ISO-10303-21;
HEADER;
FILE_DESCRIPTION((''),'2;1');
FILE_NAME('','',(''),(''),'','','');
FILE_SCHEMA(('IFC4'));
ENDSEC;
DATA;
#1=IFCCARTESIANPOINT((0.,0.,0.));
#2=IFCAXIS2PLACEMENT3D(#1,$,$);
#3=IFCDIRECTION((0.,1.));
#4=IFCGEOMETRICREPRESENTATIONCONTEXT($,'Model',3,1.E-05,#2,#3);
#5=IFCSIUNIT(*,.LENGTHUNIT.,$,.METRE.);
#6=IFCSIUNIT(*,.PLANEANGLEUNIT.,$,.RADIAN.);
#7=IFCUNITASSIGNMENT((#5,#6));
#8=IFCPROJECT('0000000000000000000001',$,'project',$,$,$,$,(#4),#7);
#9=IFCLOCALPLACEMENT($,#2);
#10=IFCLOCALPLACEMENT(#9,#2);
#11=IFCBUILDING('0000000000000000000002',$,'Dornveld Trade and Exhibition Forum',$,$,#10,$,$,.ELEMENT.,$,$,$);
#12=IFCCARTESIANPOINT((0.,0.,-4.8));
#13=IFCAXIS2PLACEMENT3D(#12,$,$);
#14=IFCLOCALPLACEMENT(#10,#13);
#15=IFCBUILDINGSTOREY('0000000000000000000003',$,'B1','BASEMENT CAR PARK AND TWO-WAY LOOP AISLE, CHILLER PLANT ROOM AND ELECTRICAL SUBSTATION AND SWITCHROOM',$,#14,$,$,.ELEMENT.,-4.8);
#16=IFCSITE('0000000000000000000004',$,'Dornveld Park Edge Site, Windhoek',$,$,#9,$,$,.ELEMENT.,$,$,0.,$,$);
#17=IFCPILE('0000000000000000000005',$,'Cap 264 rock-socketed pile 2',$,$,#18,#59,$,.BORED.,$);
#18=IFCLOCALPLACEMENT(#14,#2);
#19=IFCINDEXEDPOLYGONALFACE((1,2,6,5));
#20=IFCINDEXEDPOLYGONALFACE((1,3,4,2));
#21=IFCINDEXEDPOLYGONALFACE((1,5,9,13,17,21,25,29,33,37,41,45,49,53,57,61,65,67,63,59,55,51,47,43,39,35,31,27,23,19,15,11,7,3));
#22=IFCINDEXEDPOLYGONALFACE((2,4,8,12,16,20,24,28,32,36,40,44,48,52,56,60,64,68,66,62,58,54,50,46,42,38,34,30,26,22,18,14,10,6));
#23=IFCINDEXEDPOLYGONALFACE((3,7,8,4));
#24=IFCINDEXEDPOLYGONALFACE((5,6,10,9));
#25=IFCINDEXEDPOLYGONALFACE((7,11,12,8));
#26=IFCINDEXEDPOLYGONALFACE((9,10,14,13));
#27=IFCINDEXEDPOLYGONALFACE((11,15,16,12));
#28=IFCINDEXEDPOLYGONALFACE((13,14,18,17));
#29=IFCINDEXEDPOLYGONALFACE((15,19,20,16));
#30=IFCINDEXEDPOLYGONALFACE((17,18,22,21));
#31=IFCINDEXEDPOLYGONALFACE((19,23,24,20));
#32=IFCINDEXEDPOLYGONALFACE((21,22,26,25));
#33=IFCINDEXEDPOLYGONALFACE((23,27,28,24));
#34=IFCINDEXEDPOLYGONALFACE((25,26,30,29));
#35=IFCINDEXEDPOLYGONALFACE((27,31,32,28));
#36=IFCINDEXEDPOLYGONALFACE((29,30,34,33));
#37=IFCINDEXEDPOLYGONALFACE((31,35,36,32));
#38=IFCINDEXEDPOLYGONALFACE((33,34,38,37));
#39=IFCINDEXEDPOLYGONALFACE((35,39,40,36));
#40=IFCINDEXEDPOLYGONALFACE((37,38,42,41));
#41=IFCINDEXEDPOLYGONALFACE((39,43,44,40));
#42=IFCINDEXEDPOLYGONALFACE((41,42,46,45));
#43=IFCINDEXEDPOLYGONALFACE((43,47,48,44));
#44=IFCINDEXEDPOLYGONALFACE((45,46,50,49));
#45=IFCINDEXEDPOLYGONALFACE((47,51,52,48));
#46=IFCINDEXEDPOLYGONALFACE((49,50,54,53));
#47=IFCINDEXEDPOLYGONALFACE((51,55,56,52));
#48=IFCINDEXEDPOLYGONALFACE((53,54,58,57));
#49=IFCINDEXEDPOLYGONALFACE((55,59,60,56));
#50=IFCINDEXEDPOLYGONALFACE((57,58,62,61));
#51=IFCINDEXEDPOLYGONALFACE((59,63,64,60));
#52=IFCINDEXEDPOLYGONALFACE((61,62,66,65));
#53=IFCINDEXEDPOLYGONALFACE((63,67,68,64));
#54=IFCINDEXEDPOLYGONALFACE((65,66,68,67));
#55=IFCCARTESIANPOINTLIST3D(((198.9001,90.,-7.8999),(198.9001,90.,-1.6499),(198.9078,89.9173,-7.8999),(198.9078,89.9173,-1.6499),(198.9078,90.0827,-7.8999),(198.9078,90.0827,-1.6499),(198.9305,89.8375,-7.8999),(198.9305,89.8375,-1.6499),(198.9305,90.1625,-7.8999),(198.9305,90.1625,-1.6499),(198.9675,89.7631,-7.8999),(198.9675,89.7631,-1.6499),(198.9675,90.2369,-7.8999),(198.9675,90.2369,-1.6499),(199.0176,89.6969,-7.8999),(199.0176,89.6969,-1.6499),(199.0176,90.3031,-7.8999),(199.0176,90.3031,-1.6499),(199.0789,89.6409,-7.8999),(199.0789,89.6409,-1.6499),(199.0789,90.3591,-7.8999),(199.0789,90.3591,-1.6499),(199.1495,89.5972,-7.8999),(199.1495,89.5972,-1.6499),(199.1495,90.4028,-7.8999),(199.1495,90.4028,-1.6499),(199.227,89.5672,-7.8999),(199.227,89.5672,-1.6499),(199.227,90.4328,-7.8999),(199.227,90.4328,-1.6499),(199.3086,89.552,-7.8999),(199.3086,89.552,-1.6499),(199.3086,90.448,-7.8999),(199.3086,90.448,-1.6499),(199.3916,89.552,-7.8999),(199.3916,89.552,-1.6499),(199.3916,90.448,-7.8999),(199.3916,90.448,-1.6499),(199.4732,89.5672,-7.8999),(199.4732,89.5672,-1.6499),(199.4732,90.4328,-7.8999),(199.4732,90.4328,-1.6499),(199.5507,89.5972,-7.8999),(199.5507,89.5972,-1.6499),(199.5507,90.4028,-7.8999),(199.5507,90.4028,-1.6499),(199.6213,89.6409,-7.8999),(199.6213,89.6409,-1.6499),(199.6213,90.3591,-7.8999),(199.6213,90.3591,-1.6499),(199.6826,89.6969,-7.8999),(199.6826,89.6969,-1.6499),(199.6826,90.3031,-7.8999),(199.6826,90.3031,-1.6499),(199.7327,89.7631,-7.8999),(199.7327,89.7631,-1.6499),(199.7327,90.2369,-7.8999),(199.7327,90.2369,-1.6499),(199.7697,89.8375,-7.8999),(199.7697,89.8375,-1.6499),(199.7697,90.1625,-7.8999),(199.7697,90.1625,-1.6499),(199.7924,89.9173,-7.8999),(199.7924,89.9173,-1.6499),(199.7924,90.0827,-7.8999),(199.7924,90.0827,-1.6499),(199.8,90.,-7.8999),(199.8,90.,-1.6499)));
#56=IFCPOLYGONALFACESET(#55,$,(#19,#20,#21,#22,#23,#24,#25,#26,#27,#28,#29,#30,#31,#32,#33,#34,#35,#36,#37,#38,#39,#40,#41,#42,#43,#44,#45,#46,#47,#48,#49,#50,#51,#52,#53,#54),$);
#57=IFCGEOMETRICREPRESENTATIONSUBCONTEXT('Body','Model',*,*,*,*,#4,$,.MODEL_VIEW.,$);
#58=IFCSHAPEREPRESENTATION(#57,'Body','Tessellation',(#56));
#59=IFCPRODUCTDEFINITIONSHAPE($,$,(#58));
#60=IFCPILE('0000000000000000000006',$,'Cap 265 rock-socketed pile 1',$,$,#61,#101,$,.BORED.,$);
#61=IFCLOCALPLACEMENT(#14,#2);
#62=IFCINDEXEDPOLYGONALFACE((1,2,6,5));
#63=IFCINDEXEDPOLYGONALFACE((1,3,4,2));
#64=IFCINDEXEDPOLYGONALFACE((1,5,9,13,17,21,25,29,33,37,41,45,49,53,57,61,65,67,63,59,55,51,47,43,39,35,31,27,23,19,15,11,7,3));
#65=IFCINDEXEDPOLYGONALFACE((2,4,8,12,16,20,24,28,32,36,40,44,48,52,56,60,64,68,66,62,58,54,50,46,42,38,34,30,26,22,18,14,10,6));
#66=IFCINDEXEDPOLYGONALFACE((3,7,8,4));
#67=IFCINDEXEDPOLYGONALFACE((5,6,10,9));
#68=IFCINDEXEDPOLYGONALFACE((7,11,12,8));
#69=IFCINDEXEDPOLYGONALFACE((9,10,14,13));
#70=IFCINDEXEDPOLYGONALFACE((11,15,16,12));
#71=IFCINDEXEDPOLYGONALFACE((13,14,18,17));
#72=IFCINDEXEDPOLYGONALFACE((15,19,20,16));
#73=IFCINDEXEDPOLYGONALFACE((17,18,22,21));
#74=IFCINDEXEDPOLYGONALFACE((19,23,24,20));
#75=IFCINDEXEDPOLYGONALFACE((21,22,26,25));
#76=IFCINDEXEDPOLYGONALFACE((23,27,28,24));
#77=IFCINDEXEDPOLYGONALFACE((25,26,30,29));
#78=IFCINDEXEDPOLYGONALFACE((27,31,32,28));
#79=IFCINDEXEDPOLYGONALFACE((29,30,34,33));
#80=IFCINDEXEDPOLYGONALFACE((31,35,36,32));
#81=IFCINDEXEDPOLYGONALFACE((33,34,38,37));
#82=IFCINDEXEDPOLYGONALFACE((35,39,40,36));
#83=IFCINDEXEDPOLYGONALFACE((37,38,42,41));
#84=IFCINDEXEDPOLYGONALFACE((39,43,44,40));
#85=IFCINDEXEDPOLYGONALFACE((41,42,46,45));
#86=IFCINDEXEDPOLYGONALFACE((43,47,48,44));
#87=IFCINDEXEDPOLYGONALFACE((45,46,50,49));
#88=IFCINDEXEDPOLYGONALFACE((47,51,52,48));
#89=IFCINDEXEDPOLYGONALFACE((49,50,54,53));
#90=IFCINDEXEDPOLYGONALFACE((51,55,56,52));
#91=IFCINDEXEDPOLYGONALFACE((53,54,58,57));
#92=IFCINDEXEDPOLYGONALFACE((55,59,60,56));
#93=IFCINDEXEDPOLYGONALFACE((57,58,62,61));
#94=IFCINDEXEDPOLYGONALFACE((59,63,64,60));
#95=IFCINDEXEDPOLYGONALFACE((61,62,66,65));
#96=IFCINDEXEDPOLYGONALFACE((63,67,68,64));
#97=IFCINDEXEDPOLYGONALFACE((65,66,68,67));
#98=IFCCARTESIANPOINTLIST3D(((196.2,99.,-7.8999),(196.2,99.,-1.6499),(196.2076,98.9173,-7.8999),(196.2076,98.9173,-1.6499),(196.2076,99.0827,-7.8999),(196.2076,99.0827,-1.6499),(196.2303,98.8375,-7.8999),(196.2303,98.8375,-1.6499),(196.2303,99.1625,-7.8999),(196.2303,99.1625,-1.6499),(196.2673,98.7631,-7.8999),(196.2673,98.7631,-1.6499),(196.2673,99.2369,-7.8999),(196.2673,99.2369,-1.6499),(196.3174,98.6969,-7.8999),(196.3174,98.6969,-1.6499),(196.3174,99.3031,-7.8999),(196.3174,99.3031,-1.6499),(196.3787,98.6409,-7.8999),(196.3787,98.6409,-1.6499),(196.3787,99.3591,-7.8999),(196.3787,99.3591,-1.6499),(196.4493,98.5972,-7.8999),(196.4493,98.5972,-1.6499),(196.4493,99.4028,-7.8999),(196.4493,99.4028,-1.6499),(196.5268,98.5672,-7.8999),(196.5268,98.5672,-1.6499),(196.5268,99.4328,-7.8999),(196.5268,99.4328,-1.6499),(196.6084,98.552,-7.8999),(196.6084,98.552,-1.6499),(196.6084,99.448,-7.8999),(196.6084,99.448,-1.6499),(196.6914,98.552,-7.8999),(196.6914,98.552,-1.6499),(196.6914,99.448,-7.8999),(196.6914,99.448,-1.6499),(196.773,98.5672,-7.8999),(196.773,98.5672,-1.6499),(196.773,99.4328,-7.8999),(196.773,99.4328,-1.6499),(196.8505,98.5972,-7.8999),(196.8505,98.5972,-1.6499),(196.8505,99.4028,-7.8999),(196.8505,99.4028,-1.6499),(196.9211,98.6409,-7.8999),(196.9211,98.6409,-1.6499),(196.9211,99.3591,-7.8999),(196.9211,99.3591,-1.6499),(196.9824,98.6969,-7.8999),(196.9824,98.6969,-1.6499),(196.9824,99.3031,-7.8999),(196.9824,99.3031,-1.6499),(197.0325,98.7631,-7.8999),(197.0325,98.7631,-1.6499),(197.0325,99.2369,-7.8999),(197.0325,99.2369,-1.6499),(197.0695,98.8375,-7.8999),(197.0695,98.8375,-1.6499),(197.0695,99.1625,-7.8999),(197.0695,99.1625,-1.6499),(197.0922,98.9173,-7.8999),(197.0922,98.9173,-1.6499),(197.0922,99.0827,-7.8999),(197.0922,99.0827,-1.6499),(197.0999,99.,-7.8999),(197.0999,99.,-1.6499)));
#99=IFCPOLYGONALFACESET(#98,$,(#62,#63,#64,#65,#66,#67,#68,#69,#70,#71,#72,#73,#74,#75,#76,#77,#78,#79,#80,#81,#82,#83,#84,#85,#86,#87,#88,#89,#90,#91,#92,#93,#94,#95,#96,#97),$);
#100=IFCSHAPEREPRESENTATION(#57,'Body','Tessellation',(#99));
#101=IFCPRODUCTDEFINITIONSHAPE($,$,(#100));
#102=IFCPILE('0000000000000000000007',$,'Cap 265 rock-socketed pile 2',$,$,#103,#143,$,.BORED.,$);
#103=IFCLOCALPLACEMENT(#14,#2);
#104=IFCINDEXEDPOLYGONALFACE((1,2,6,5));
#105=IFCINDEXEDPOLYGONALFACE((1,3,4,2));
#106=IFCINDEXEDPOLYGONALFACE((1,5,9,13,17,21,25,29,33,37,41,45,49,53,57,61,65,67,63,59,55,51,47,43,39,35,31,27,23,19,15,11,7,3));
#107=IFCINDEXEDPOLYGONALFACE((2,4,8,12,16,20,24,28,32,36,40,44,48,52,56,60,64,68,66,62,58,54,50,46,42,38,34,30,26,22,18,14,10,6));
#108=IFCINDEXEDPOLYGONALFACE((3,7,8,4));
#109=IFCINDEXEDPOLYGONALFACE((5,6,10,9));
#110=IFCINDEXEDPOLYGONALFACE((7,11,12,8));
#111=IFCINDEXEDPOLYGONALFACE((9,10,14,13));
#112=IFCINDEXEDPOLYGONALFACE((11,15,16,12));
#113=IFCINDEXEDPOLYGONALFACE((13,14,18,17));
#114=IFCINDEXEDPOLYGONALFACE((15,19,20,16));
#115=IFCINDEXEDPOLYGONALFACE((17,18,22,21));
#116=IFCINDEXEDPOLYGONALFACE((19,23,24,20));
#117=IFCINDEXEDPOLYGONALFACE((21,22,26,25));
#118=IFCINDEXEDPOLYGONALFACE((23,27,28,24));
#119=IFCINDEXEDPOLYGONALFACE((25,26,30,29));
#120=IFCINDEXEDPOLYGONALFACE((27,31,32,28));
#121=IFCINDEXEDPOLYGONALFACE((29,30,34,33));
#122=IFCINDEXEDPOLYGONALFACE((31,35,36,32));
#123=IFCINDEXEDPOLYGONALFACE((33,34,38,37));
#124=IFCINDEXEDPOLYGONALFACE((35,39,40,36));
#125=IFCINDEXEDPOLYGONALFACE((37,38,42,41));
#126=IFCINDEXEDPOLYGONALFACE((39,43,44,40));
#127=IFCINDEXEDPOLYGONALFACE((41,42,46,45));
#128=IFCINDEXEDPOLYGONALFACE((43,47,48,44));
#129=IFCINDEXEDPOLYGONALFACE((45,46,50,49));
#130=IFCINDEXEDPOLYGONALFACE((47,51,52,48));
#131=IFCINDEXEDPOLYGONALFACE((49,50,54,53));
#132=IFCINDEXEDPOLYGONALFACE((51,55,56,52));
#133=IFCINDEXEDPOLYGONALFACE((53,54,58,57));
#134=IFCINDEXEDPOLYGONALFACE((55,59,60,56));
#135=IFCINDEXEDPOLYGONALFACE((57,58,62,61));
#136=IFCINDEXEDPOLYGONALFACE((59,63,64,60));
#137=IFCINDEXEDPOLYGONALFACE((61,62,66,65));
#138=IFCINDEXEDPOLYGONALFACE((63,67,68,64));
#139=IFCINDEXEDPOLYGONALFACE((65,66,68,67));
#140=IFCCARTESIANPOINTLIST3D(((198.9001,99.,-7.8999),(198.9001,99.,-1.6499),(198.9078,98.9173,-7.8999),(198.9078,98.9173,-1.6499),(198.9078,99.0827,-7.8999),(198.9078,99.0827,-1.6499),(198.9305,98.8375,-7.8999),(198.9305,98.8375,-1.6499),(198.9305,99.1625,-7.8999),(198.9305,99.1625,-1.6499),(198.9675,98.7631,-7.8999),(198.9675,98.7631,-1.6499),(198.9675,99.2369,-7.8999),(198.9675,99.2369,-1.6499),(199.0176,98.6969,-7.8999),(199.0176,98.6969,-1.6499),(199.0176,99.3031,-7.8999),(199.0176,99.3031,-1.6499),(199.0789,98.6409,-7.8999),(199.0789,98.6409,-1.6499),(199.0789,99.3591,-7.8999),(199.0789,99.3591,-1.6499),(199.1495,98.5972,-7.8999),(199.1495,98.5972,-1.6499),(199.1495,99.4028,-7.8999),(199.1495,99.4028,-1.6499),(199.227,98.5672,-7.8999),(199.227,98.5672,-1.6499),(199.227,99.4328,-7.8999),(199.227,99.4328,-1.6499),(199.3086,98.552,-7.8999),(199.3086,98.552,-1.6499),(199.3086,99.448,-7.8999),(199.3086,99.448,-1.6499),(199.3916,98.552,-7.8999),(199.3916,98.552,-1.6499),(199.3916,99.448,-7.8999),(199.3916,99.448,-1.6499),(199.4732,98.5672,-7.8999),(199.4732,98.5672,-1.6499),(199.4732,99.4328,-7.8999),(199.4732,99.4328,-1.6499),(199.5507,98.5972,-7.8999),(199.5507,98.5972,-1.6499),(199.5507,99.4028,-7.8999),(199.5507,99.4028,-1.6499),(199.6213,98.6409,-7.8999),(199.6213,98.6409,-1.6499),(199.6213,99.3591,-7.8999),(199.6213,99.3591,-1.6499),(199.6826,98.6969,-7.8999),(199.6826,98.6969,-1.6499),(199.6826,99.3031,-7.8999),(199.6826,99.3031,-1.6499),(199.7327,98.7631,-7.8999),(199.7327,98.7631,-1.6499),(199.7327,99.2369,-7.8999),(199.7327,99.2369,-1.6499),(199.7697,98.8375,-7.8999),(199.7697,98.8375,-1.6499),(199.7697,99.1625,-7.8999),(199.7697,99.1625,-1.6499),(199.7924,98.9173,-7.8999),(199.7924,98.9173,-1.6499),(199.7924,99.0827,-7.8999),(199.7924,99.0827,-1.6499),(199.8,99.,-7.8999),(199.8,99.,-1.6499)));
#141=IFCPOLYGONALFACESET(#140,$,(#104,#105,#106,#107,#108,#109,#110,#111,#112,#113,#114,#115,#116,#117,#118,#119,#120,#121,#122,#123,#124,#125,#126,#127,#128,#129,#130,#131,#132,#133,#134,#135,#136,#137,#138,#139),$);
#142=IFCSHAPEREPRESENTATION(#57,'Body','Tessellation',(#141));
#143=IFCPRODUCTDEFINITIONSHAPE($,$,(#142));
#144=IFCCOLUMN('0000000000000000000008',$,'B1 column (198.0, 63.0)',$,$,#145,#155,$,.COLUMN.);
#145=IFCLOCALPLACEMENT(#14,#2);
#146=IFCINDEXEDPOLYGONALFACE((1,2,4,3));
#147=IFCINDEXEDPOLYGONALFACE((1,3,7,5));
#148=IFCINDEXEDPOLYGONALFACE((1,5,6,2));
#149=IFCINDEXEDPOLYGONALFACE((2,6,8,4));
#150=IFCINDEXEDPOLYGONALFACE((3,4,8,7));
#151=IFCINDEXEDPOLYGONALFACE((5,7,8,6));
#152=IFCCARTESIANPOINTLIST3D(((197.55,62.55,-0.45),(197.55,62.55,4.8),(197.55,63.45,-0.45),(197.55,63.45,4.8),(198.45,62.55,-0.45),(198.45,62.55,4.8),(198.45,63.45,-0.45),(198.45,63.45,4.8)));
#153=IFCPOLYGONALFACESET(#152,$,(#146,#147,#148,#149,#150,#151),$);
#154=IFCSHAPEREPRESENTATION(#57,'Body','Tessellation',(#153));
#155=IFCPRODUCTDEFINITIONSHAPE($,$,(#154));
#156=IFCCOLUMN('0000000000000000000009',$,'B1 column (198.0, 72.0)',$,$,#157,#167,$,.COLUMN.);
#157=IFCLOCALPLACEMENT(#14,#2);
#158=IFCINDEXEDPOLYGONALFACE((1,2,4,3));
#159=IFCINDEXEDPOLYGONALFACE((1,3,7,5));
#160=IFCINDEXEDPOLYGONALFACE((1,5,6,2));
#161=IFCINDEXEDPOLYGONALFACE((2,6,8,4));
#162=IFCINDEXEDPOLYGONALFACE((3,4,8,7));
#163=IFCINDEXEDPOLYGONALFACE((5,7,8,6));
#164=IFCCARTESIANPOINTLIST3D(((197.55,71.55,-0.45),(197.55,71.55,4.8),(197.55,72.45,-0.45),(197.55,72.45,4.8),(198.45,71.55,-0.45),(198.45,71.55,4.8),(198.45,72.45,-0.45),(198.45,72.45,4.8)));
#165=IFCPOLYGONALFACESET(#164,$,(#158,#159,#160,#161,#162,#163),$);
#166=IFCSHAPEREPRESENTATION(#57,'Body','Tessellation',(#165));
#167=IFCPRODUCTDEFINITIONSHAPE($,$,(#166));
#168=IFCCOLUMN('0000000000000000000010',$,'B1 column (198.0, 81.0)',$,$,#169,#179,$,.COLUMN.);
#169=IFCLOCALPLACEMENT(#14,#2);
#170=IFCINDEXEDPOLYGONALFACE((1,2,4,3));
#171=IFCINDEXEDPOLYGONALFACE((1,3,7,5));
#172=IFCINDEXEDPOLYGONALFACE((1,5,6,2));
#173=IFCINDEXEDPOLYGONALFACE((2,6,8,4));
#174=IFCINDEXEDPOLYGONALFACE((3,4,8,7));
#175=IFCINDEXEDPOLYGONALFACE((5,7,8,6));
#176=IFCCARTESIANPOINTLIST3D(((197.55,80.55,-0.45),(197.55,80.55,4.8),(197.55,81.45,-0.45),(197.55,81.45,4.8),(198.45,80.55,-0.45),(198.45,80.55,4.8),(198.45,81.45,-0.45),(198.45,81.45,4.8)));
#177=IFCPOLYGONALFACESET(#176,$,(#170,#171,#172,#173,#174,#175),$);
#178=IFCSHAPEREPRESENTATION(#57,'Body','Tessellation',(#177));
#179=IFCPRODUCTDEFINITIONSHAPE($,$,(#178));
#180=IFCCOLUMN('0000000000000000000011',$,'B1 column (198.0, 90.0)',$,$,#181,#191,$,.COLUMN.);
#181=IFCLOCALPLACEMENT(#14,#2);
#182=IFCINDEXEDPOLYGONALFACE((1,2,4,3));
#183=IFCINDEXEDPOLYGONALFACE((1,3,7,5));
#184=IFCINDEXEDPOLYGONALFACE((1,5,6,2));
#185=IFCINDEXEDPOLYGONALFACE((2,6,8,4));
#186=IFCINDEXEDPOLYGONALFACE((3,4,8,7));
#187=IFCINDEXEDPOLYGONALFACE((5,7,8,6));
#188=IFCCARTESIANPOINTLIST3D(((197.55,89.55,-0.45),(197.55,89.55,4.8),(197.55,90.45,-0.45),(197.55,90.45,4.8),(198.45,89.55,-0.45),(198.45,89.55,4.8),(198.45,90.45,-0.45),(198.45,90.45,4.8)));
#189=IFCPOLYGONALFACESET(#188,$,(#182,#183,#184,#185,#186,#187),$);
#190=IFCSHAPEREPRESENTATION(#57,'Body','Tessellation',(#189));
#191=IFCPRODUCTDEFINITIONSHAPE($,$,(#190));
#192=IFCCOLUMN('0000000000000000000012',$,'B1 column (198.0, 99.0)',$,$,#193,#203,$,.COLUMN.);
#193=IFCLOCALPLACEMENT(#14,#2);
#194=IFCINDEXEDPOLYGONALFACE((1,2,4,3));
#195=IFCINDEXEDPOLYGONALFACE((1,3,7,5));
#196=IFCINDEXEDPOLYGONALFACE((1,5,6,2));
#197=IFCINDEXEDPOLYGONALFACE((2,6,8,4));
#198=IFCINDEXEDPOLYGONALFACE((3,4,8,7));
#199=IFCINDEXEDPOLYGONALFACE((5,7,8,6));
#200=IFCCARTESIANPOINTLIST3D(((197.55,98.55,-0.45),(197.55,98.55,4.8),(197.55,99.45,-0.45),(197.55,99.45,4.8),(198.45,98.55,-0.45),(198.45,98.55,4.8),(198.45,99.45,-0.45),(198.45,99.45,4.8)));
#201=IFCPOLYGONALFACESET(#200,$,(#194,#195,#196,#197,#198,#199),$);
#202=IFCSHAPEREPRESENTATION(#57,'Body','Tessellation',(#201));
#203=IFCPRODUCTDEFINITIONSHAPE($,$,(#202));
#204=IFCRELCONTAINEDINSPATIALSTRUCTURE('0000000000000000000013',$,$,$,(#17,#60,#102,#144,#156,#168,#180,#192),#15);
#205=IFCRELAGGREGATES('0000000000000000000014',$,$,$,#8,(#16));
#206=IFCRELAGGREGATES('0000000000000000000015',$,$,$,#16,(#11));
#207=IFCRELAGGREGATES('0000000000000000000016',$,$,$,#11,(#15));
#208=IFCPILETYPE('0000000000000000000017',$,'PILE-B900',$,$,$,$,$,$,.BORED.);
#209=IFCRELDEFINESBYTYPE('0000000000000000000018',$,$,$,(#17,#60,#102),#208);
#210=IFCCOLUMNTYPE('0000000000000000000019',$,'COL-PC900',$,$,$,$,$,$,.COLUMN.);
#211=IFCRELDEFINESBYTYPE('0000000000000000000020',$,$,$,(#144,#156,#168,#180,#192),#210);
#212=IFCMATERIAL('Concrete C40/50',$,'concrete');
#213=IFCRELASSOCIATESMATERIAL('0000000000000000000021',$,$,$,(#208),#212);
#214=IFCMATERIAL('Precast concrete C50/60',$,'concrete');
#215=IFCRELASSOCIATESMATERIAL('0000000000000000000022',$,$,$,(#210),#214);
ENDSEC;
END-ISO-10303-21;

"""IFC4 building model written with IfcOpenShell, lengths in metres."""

from ifc_helpers import new_model, si_unit, direction, frame, origin, origin_2d, place, context, subcontext, project, spatial, rectangle, circle, extrude, material, material_profile, profile_set, type_object, element, save


model = new_model("IFC4")

# Units and contexts
model_context = context("Model", 3, precision=1e-05, world=origin(), true_north=direction((0.0, 1.0)))
body_context = subcontext(model_context, "Body", "Model", "MODEL_VIEW")
ifc_project = project(units=[si_unit("LENGTHUNIT", "METRE"), si_unit("PLANEANGLEUNIT", "RADIAN")], contexts=[model_context])

# Site, building, storey
site_placement = place(None, origin())
site = spatial("IfcSite", under=ifc_project, at=site_placement, Name="Dornveld Park Edge Site, Windhoek", CompositionType="ELEMENT", RefElevation=0.0)
building_placement = place(site_placement, origin())
building = spatial("IfcBuilding", under=site, at=building_placement, Name="Dornveld Trade and Exhibition Forum", CompositionType="ELEMENT")
storey_placement = place(building_placement, frame((0.0, 0.0, -4.8)))
storey = spatial("IfcBuildingStorey", under=building, at=storey_placement, Name="B1", Description="BASEMENT CAR PARK AND TWO-WAY LOOP AISLE, CHILLER PLANT ROOM AND ELECTRICAL SUBSTATION AND SWITCHROOM", CompositionType="ELEMENT", Elevation=-4.8)

# Piles
ifc_material_1 = material(Name="Concrete C40/50", Category="concrete")
ifc_material_profile_1 = material_profile(ifc_material_1, circle(Radius=0.45, at=origin_2d()), Name="PILE D900")
ifc_profile_set_1 = profile_set([ifc_material_profile_1], Name="Concrete C40/50")
pile_type = type_object("IfcPileType", Name="PILE-B900", PredefinedType="BORED", material=ifc_profile_set_1)
for number, where, z_axis, x_axis, name in (
    (1, (199.3501, 90.0, -1.6499), (0.0, 0.0, -1.0), (1.0, 0.0, 0.0), "Cap 264 rock-socketed pile 2"),
    (2, (196.6499, 99.0, -1.6499), (0.0, 0.0, -1.0), (1.0, 0.0, 0.0), "Cap 265 rock-socketed pile 1"),
    (3, (199.3501, 99.0, -1.6499), (0.0, 0.0, -1.0), (1.0, 0.0, 0.0), "Cap 265 rock-socketed pile 2"),
):
    element("IfcPile", number, at=place(storey_placement, frame(where, z_axis=z_axis, x_axis=x_axis)), inside=storey, type_object=pile_type, Name=name, PredefinedType="BORED", context=body_context, shape_type="SweptSolid", body=[
        extrude(circle(Radius=0.45, at=origin_2d()), origin(), (0.0, 0.0, 1.0), 6.25),
    ])

# Columns
ifc_material_2 = material(Name="Precast concrete C50/60", Category="concrete")
ifc_material_profile_2 = material_profile(ifc_material_2, rectangle(XDim=0.8999, YDim=0.8999, at=origin_2d()), Name="PC-COL 900x900")
ifc_profile_set_2 = profile_set([ifc_material_profile_2], Name="Precast concrete C50/60")
column_type = type_object("IfcColumnType", Name="COL-PC900", PredefinedType="COLUMN", material=ifc_profile_set_2)
for number, where, z_axis, x_axis, name in (
    (4, (198.0, 63.0, -0.45), (0.0, 0.0, 1.0), (1.0, 0.0, 0.0), "B1 column (198.0, 63.0)"),
    (5, (198.0, 72.0, -0.45), (0.0, 0.0, 1.0), (1.0, 0.0, 0.0), "B1 column (198.0, 72.0)"),
    (6, (198.0, 81.0, -0.45), (0.0, 0.0, 1.0), (1.0, 0.0, 0.0), "B1 column (198.0, 81.0)"),
    (7, (198.0, 90.0, -0.45), (0.0, 0.0, 1.0), (1.0, 0.0, 0.0), "B1 column (198.0, 90.0)"),
    (8, (198.0, 99.0, -0.45), (0.0, 0.0, 1.0), (1.0, 0.0, 0.0), "B1 column (198.0, 99.0)"),
):
    element("IfcColumn", number, at=place(storey_placement, frame(where, z_axis=z_axis, x_axis=x_axis)), inside=storey, type_object=column_type, Name=name, PredefinedType="COLUMN", context=body_context, shape_type="SweptSolid", body=[
        extrude(rectangle(XDim=0.8999, YDim=0.8999, at=origin_2d()), origin(), (0.0, 0.0, 1.0), 5.25),
    ])

save(model, "model.ifc")
